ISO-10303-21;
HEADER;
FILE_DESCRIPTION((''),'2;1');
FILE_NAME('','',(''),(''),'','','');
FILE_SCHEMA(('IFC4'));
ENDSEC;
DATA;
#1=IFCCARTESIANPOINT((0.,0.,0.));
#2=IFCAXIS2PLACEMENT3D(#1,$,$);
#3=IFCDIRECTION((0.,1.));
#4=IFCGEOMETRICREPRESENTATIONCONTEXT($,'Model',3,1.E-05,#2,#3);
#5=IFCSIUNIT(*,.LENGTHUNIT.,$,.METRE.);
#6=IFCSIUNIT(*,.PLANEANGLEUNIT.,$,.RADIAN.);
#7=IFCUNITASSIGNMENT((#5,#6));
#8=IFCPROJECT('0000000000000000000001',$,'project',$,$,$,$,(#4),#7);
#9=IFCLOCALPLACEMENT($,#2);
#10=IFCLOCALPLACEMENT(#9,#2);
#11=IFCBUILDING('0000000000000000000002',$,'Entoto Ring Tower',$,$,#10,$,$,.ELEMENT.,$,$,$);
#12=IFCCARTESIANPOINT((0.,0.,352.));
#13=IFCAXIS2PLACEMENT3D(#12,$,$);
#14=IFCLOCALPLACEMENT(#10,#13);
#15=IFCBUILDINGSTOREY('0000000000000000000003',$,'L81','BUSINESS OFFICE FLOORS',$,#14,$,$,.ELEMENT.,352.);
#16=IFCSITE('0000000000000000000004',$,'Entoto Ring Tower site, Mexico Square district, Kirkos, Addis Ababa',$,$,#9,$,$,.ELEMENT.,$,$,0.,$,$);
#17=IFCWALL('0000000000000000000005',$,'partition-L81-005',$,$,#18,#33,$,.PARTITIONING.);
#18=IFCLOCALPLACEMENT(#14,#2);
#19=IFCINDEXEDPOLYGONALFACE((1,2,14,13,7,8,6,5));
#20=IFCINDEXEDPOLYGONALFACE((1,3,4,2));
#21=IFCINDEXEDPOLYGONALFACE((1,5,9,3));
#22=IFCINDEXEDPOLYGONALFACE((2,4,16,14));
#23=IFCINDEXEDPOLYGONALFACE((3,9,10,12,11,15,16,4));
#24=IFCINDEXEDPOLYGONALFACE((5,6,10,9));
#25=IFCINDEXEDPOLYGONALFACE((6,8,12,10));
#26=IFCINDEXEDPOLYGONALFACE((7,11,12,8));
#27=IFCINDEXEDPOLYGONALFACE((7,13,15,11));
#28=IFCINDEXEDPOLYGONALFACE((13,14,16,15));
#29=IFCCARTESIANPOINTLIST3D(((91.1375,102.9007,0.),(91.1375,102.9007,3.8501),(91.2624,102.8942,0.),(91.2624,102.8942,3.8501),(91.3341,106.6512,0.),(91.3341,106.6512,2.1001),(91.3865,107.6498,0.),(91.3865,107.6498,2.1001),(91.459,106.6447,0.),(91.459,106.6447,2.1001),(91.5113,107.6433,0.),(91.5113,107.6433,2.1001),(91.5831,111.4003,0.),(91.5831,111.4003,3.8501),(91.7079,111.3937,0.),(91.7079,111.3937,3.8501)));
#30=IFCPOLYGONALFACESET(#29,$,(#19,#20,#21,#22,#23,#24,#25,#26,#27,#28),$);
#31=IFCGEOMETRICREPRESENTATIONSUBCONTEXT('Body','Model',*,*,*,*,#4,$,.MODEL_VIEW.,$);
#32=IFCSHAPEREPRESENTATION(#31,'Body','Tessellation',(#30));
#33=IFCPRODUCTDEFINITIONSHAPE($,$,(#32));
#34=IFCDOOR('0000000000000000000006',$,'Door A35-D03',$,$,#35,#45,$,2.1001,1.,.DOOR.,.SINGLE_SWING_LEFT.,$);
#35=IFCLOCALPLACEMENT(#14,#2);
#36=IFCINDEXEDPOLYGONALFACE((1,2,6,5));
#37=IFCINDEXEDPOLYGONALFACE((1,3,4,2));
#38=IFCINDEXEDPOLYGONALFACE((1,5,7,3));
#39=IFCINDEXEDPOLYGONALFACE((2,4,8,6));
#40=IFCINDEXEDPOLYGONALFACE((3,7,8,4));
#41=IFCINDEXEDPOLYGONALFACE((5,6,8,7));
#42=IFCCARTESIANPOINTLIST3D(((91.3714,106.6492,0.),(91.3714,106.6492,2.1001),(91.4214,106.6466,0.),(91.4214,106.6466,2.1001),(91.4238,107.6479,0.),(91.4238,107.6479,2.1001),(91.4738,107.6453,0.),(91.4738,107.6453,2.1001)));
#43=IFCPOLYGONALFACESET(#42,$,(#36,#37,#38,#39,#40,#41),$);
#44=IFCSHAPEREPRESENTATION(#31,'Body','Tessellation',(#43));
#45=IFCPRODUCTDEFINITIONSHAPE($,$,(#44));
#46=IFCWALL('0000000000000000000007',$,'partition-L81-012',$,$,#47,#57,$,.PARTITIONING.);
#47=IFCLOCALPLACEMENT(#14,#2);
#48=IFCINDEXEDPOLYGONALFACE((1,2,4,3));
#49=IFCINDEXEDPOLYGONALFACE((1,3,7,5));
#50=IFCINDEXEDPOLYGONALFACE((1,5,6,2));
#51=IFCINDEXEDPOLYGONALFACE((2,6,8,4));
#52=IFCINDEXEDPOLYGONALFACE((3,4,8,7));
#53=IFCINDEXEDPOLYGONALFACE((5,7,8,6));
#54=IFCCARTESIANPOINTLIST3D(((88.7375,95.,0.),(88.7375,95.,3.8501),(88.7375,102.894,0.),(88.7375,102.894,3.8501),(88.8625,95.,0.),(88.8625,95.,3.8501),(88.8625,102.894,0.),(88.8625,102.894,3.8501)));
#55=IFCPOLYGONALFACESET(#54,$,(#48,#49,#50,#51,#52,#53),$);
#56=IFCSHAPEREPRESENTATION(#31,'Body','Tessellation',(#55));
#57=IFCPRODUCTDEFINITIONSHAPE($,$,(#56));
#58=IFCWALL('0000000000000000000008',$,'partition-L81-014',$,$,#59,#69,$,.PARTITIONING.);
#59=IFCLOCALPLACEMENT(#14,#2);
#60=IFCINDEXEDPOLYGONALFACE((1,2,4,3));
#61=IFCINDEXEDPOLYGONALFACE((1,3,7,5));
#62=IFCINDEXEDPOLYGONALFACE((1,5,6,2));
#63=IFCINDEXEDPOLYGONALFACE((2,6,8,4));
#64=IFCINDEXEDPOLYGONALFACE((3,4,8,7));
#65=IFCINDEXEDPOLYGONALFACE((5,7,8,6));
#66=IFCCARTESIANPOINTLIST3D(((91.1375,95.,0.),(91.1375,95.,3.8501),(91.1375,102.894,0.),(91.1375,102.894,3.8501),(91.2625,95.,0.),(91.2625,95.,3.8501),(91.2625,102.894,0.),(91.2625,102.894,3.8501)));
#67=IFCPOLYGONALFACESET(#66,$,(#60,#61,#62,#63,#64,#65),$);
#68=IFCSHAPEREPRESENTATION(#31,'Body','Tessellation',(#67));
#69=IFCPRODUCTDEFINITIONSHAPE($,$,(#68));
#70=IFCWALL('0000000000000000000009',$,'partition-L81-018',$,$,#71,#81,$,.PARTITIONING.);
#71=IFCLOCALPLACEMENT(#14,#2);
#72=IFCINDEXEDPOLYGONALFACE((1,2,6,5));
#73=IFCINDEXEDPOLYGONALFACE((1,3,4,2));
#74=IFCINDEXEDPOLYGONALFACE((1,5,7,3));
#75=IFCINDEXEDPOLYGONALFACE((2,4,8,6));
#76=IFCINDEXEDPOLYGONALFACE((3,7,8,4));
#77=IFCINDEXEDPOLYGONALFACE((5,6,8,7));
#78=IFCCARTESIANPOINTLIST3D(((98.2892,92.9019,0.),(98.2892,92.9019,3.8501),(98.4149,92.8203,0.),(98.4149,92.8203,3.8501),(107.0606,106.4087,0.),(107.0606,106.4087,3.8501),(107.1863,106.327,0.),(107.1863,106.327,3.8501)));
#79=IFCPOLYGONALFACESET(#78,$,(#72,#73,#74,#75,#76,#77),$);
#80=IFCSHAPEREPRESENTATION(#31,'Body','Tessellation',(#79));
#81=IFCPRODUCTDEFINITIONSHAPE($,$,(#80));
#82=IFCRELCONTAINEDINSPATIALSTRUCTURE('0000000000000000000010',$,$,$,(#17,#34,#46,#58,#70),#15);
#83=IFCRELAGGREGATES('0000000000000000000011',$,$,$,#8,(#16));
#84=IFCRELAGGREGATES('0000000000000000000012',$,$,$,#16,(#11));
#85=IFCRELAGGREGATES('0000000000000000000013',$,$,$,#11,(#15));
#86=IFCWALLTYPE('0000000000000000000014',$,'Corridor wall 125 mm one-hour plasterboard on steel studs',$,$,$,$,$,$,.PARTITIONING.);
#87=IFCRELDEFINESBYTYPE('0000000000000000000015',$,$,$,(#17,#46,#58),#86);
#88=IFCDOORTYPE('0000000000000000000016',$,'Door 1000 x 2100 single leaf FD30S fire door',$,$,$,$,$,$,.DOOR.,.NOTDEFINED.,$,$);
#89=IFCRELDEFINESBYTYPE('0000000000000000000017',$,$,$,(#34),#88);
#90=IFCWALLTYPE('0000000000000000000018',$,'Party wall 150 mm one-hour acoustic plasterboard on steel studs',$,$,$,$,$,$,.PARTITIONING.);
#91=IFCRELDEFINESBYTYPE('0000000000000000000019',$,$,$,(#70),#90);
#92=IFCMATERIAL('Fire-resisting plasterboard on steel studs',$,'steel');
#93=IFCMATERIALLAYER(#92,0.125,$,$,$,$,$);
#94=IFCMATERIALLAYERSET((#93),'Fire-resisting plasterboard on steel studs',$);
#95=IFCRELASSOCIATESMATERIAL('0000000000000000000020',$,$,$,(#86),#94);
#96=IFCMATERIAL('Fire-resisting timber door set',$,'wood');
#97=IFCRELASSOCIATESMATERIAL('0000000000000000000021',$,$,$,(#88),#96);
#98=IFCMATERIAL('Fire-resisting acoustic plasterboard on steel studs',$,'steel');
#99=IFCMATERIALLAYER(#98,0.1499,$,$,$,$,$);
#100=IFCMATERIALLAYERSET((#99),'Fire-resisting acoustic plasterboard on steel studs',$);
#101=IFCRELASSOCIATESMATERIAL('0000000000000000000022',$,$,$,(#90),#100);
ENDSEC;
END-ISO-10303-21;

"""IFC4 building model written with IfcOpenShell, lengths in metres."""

from ifc_helpers import new_model, si_unit, direction, frame, frame_2d, origin, place, context, subcontext, project, spatial, rectangle, extrude, material, layer, layer_set, type_object, element, fill, save


model = new_model("IFC4")

# Units and contexts
model_context = context("Model", 3, precision=1e-05, world=origin(), true_north=direction((0.0, 1.0)))
body_context = subcontext(model_context, "Body", "Model", "MODEL_VIEW")
ifc_project = project(units=[si_unit("LENGTHUNIT", "METRE"), si_unit("PLANEANGLEUNIT", "RADIAN")], contexts=[model_context])

# Site, building, storey
site_placement = place(None, origin())
site = spatial("IfcSite", under=ifc_project, at=site_placement, Name="Entoto Ring Tower site, Mexico Square district, Kirkos, Addis Ababa", CompositionType="ELEMENT", RefElevation=0.0)
building_placement = place(site_placement, origin())
building = spatial("IfcBuilding", under=site, at=building_placement, Name="Entoto Ring Tower", CompositionType="ELEMENT")
storey_placement = place(building_placement, frame((0.0, 0.0, 352.0)))
storey = spatial("IfcBuildingStorey", under=building, at=storey_placement, Name="L81", Description="BUSINESS OFFICE FLOORS", CompositionType="ELEMENT", Elevation=352.0)

# Wall, opening, door
ifc_material_1 = material(Name="Fire-resisting plasterboard on steel studs", Category="steel")
ifc_layer_1 = layer(ifc_material_1, 0.125)
ifc_layer_set_1 = layer_set([ifc_layer_1], Name="Fire-resisting plasterboard on steel studs")
wall_type_1 = type_object("IfcWallType", Name="Corridor wall 125 mm one-hour plasterboard on steel studs", PredefinedType="PARTITIONING", material=ifc_layer_set_1)
wall_1_placement = place(storey_placement, frame((91.2, 102.8975, 0.0), z_axis=(0.0, 0.0, 1.0), x_axis=(0.05235, 0.998629, 0.0)))
wall_1 = element("IfcWall", 1, at=wall_1_placement, inside=storey, type_object=wall_type_1, Name="partition-L81-005", PredefinedType="PARTITIONING", context=body_context, shape_type="SweptSolid", body=[
    extrude(rectangle(XDim=8.5112, YDim=0.125, at=frame_2d((4.2556, 0.0))), origin(), (0.0, 0.0, 1.0), 3.8501),
])
opening_1_placement = place(wall_1_placement, frame((3.7556, 0.0, 0.0)))
opening_1 = element("IfcOpeningElement", 2, at=opening_1_placement, cuts=wall_1, PredefinedType="OPENING", context=body_context, shape_type="SweptSolid", body=[
    extrude(rectangle(XDim=1.0, YDim=2.1001, at=frame_2d((0.5, 1.05))), frame((0.0, 0.0725, 0.0), z_axis=(0.0, -1.0, 0.0), x_axis=(1.0, 0.0, 0.0)), (0.0, 0.0, 1.0), 0.145),
])
ifc_material_2 = material(Name="Fire-resisting timber door set", Category="wood")
door_type_1 = type_object("IfcDoorType", Name="Door 1000 x 2100 single leaf FD30S fire door", OperationType="NOTDEFINED", PredefinedType="DOOR", material=ifc_material_2)
door_1_placement = place(opening_1_placement, frame((1.0, 0.0, 0.0), z_axis=(0.0, 0.0, 1.0), x_axis=(-1.0, 0.0, 0.0)))
door_1 = element("IfcDoor", 3, at=door_1_placement, inside=storey, type_object=door_type_1, Name="Door A35-D03", OperationType="SINGLE_SWING_LEFT", OverallHeight=2.1001, OverallWidth=1.0, PredefinedType="DOOR", context=body_context, shape_type="SweptSolid", body=[
    extrude(rectangle(XDim=1.0, YDim=2.1001, at=frame_2d((0.5, 1.05))), frame((0.0, 0.0249, 0.0), z_axis=(0.0, -1.0, 0.0), x_axis=(1.0, 0.0, 0.0)), (0.0, 0.0, 1.0), 0.05),
])
fill(opening_1, door_1)

# Walls
for number, where, z_axis, x_axis, name in (
    (4, (88.8, 95.0, 0.0), (0.0, 0.0, 1.0), (0.0, 1.0, 0.0), "partition-L81-012"),
    (5, (91.2, 95.0, 0.0), (0.0, 0.0, 1.0), (0.0, 1.0, 0.0), "partition-L81-014"),
):
    element("IfcWall", number, at=place(storey_placement, frame(where, z_axis=z_axis, x_axis=x_axis)), inside=storey, type_object=wall_type_1, Name=name, PredefinedType="PARTITIONING", context=body_context, shape_type="SweptSolid", body=[
        extrude(rectangle(XDim=7.894, YDim=0.125, at=frame_2d((3.947, 0.0))), origin(), (0.0, 0.0, 1.0), 3.8501),
    ])
ifc_material_3 = material(Name="Fire-resisting acoustic plasterboard on steel studs", Category="steel")
ifc_layer_2 = layer(ifc_material_3, 0.1499)
ifc_layer_set_2 = layer_set([ifc_layer_2], Name="Fire-resisting acoustic plasterboard on steel studs")
wall_type_2 = type_object("IfcWallType", Name="Party wall 150 mm one-hour acoustic plasterboard on steel studs", PredefinedType="PARTITIONING", material=ifc_layer_set_2)
wall_2_placement = place(storey_placement, frame((98.3521, 92.8611, 0.0), z_axis=(0.0, 0.0, 1.0), x_axis=(0.544641, 0.838669, 0.0)))
element("IfcWall", 6, at=wall_2_placement, inside=storey, type_object=wall_type_2, Name="partition-L81-018", PredefinedType="PARTITIONING", context=body_context, shape_type="SweptSolid", body=[
    extrude(rectangle(XDim=16.105, YDim=0.1499, at=frame_2d((8.0525, 0.0))), origin(), (0.0, 0.0, 1.0), 3.8501),
])

save(model, "model.ifc")
